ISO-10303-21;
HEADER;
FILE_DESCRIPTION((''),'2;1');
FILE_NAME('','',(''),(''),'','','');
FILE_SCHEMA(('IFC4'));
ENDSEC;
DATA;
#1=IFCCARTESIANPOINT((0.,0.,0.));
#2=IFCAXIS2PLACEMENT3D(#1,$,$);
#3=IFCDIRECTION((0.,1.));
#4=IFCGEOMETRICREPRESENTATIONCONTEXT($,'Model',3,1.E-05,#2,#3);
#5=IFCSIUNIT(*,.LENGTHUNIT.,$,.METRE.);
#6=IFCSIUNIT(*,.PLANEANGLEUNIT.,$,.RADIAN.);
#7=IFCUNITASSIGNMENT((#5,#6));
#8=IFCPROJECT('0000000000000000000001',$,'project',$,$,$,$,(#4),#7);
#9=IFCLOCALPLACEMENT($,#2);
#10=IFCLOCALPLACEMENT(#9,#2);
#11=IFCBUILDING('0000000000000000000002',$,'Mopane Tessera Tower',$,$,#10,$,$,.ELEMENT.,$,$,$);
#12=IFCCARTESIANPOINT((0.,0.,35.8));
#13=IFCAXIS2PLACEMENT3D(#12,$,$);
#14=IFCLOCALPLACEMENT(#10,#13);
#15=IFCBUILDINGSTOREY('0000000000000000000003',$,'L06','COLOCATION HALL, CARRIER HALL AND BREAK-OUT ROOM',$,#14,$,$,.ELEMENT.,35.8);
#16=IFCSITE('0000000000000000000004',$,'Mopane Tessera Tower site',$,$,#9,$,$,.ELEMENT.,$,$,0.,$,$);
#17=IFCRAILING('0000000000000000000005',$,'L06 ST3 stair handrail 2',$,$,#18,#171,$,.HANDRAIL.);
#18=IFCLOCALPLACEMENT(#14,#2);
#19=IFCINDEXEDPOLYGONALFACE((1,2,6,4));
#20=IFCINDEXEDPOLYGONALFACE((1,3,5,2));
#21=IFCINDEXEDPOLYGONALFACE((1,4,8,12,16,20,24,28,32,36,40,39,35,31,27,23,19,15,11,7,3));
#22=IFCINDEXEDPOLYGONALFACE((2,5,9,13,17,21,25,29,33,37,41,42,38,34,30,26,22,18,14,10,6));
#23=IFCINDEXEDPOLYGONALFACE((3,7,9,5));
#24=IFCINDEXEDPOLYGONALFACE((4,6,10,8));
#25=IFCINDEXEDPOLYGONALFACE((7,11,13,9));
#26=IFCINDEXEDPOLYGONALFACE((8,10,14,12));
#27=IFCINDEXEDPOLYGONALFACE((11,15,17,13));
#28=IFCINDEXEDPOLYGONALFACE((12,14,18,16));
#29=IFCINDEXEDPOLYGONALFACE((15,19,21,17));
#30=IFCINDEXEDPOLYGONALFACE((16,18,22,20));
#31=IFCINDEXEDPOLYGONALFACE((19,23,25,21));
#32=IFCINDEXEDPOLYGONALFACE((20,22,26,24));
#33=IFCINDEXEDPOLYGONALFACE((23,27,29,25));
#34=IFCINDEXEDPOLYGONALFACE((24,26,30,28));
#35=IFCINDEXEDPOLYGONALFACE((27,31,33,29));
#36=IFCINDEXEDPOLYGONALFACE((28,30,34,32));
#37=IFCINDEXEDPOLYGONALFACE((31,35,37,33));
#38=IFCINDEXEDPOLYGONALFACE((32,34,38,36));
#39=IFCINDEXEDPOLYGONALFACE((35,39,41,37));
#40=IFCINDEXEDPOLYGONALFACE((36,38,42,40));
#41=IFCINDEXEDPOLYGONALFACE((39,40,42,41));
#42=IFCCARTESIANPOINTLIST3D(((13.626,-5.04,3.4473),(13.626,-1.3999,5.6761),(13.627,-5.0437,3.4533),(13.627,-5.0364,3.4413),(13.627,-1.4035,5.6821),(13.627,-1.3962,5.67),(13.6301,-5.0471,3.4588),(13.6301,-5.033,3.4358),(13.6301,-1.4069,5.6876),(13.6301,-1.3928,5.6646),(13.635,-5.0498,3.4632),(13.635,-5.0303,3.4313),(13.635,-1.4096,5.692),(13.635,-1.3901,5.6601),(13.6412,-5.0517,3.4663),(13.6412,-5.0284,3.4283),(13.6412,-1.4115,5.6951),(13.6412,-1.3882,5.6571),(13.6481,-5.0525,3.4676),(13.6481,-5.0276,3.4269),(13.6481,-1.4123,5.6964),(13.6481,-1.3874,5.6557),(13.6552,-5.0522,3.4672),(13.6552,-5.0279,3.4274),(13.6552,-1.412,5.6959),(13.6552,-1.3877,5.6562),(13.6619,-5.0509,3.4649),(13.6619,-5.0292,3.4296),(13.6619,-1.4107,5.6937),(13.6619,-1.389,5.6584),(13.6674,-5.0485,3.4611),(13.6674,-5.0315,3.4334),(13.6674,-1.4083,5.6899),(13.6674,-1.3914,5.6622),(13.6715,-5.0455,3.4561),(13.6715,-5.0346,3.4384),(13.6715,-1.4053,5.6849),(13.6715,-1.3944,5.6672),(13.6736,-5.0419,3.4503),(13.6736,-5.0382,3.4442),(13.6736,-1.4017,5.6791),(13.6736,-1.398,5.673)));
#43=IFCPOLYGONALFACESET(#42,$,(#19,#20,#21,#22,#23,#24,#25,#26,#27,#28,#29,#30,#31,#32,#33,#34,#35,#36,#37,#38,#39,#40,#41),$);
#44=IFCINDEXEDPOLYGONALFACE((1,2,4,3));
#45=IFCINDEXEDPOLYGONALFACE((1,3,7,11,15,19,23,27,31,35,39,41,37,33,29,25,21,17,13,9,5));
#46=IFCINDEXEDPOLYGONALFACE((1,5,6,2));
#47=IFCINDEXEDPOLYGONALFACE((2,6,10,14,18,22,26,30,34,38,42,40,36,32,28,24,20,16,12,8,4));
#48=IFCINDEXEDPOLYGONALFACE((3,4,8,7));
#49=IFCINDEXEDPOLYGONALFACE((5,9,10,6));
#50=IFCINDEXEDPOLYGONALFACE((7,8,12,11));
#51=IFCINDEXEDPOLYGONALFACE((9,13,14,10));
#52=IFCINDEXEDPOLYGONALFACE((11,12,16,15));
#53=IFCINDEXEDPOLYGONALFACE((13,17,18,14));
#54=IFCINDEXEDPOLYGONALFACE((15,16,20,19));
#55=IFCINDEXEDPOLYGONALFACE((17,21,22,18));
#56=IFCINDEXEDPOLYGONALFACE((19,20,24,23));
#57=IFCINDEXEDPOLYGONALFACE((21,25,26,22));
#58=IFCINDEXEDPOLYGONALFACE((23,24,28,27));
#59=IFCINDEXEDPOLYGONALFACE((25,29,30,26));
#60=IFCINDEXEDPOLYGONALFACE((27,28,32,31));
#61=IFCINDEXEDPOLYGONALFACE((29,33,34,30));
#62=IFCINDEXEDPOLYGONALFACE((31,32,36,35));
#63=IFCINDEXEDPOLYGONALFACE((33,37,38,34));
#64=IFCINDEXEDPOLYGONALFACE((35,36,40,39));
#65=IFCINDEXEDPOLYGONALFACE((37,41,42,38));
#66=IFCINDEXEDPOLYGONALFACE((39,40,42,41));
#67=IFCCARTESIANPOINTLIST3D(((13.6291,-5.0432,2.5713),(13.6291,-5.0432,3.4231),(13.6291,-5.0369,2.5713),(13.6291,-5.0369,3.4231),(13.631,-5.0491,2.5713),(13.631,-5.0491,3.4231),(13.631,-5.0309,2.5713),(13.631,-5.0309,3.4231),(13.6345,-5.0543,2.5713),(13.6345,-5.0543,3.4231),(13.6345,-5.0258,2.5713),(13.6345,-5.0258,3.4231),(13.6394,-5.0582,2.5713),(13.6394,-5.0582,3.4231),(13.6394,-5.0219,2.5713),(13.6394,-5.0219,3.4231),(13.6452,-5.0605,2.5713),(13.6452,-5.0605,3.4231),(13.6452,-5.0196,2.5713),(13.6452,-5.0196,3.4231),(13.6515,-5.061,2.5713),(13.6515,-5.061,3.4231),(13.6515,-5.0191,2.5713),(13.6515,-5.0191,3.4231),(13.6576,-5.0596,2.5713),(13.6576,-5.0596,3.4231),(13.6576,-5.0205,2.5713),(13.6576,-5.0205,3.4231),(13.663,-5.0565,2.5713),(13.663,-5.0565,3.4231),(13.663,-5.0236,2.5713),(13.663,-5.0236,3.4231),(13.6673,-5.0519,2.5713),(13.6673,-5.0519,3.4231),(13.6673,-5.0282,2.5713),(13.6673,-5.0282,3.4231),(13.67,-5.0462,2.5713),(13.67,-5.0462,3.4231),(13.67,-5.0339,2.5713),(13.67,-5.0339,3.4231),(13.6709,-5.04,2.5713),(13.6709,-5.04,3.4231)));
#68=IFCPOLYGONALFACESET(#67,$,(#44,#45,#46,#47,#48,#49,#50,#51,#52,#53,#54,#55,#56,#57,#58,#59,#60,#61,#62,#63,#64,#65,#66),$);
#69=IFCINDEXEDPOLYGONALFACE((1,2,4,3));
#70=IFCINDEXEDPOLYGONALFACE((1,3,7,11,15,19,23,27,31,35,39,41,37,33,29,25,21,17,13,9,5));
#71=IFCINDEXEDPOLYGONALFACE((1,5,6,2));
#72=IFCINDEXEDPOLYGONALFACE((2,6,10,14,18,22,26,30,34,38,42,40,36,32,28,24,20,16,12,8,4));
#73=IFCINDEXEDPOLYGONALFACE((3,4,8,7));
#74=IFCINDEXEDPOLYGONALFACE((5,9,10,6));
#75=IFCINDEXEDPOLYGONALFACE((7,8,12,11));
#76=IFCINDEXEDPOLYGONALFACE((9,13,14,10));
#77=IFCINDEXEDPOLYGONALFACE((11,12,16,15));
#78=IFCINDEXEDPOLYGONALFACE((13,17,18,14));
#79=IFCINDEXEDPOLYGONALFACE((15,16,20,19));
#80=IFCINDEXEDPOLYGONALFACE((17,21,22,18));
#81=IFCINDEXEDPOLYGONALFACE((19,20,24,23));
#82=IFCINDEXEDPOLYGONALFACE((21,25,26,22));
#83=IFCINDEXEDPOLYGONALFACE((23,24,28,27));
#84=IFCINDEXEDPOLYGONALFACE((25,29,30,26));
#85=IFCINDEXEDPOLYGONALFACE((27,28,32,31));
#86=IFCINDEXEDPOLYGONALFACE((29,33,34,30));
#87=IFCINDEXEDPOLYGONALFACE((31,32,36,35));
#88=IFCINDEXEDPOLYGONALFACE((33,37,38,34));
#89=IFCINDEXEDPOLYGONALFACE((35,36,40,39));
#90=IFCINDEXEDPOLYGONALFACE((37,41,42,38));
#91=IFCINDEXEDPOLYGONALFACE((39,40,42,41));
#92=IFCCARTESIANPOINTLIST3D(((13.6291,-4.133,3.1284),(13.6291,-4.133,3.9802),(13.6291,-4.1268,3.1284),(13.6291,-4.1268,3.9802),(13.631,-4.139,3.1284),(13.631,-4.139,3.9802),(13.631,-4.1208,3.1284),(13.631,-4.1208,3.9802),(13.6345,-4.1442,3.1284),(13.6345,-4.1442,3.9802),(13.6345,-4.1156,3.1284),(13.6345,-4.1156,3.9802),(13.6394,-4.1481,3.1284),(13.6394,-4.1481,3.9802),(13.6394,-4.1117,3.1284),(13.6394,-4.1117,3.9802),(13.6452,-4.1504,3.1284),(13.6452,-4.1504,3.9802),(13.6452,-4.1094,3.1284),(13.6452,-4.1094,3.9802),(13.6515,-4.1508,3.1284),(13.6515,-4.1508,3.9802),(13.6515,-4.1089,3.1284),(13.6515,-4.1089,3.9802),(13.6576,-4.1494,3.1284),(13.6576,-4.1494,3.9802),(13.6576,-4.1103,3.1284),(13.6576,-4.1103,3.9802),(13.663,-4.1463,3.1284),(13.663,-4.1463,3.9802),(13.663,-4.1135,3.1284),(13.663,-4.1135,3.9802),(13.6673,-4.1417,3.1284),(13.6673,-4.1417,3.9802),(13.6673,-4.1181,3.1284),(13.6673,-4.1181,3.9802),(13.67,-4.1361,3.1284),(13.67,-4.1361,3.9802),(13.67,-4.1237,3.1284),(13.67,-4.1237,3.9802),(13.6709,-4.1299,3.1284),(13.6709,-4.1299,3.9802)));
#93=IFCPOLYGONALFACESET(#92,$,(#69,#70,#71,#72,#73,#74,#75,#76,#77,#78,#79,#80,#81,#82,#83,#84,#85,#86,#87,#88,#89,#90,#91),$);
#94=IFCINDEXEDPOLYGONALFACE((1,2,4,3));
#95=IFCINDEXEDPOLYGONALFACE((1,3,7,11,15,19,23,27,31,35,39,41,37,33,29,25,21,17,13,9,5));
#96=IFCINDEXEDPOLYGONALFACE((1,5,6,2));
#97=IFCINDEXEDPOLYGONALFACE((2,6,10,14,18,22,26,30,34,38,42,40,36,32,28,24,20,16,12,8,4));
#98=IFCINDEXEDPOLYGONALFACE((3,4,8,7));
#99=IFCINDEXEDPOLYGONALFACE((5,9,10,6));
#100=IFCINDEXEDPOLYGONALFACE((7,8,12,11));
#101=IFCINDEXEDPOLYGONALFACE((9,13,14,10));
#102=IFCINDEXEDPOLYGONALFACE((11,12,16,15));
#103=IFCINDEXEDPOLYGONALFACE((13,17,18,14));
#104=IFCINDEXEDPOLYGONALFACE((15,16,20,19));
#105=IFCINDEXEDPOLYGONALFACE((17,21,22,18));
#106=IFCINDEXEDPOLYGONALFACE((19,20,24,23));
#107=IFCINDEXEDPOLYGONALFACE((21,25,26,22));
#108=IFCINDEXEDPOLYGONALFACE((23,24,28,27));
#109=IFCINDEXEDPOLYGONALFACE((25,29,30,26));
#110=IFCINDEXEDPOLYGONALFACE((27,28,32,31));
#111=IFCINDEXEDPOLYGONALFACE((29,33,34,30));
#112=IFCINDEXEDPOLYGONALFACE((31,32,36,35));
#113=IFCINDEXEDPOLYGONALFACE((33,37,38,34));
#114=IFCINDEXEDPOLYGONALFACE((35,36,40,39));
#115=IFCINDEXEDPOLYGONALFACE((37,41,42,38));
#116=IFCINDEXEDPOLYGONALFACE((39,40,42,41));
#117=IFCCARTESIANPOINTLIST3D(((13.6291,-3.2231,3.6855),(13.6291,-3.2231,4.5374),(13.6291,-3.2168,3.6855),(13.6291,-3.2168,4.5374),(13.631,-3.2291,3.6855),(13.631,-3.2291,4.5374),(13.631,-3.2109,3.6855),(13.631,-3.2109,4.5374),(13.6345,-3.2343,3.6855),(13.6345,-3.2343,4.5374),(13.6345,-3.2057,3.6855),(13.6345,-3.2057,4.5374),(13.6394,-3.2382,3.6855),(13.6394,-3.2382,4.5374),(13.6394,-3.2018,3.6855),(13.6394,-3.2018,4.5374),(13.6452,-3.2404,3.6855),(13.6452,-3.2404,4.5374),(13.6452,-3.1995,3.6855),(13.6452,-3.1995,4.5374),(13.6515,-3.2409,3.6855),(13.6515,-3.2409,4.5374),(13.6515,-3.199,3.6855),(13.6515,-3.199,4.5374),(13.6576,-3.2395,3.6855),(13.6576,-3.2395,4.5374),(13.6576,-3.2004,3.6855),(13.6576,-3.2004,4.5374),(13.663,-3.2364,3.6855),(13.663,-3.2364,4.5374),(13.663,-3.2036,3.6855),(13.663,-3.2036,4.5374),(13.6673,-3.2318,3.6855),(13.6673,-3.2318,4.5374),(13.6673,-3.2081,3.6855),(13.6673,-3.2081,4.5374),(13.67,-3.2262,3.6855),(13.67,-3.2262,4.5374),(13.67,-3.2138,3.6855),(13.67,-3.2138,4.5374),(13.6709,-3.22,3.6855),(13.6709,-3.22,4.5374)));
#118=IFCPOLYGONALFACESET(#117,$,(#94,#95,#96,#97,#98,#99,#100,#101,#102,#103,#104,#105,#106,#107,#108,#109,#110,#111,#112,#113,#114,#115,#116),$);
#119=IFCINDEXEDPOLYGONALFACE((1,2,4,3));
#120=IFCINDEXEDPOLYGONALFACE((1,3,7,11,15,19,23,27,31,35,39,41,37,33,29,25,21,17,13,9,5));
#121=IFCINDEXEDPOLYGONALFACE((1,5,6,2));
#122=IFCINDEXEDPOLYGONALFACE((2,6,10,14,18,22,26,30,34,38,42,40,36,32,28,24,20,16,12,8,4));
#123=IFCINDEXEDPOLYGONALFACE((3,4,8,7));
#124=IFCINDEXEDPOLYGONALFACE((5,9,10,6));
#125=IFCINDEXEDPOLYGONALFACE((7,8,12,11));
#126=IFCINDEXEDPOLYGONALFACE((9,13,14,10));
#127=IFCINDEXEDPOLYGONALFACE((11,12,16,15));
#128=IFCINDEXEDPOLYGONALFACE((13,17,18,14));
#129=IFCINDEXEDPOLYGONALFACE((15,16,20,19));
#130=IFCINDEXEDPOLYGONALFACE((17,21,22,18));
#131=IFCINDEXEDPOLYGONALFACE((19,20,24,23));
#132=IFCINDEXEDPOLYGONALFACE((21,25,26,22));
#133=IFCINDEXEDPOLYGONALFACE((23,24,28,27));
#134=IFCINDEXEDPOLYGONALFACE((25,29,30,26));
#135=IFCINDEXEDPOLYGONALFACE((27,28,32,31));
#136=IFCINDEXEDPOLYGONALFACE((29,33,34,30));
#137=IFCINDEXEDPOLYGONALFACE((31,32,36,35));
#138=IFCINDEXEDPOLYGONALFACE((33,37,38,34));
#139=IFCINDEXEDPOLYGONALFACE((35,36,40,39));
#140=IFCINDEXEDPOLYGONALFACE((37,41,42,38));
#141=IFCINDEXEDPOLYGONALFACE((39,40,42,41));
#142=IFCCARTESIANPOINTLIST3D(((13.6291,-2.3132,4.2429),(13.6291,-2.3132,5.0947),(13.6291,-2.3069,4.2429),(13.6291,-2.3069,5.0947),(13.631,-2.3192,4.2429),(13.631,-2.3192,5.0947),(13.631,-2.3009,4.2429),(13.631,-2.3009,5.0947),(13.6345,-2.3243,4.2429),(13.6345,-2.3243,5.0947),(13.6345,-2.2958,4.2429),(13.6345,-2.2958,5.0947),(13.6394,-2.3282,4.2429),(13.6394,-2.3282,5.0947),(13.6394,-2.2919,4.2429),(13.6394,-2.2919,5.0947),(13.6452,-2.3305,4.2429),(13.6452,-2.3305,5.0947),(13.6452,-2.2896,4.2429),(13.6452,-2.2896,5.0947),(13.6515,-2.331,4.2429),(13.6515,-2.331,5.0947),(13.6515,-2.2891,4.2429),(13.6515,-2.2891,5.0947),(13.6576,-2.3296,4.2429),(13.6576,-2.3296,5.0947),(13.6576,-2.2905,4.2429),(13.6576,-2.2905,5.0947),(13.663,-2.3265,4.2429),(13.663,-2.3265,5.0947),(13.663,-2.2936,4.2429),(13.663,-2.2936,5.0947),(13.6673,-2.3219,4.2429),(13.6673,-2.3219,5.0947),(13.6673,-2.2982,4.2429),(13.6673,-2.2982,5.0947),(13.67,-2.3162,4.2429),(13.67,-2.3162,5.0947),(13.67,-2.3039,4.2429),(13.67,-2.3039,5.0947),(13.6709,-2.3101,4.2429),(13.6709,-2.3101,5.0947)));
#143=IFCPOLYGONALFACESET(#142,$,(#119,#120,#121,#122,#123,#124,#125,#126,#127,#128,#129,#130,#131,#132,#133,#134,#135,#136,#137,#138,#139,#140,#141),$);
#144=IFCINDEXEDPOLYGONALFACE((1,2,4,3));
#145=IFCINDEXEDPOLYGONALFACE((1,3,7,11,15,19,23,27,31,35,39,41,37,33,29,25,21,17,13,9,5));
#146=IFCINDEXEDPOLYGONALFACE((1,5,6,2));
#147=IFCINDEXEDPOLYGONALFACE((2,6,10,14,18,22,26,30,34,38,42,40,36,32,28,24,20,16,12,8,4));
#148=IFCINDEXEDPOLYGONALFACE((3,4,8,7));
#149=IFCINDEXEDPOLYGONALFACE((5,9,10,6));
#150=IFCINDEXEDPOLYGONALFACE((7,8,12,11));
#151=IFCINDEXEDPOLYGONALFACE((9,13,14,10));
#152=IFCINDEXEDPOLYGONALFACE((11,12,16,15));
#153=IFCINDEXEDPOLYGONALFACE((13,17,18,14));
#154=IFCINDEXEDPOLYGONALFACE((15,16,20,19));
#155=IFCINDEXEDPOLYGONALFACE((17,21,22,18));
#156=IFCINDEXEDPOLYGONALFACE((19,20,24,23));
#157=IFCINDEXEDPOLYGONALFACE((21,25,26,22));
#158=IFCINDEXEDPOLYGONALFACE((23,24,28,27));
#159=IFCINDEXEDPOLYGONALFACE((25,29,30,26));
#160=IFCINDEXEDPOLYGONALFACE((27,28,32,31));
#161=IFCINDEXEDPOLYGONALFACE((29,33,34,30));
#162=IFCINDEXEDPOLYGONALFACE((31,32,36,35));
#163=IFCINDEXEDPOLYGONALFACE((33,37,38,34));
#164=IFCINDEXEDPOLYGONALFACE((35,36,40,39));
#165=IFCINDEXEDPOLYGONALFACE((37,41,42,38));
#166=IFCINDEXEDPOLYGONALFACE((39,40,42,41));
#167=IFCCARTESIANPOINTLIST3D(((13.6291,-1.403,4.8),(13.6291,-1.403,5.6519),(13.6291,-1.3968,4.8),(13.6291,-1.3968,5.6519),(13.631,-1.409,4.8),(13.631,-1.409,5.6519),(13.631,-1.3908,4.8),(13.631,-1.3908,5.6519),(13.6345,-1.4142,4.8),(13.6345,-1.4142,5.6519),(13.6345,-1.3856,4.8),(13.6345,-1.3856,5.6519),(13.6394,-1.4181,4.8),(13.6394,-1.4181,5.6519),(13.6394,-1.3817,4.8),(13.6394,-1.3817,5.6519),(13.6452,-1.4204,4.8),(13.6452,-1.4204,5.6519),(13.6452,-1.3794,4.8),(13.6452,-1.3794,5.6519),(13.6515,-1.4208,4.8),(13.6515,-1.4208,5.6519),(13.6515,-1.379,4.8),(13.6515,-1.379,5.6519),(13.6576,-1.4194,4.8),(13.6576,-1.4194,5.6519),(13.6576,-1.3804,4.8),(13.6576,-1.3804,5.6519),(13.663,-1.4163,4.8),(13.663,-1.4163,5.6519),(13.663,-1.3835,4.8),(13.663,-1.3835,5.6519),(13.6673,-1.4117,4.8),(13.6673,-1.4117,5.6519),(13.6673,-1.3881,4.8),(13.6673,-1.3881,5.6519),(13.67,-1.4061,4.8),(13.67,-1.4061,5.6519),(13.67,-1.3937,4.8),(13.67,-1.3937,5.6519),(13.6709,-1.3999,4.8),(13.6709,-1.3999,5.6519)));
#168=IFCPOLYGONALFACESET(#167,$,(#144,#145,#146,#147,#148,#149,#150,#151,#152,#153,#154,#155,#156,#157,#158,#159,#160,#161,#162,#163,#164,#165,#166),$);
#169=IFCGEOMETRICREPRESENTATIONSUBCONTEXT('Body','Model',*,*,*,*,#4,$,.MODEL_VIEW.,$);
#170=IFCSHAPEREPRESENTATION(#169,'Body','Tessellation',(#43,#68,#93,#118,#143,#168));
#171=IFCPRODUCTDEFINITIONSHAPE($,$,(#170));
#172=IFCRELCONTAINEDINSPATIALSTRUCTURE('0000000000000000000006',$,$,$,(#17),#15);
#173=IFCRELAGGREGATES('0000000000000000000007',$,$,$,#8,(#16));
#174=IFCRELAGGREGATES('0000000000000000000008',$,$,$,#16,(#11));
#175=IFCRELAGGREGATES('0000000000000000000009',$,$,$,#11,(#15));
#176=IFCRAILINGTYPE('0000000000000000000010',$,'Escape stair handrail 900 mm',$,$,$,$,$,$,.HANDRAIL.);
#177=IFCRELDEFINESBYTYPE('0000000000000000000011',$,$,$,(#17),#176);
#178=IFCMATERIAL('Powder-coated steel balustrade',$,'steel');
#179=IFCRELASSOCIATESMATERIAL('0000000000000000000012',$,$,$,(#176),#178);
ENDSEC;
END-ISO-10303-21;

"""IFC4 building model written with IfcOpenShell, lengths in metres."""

from ifc_helpers import new_model, si_unit, direction, frame, origin, origin_2d, place, context, subcontext, project, spatial, circle, extrude, material, type_object, element, save


model = new_model("IFC4")

# Units and contexts
model_context = context("Model", 3, precision=1e-05, world=origin(), true_north=direction((0.0, 1.0)))
body_context = subcontext(model_context, "Body", "Model", "MODEL_VIEW")
ifc_project = project(units=[si_unit("LENGTHUNIT", "METRE"), si_unit("PLANEANGLEUNIT", "RADIAN")], contexts=[model_context])

# Site, building, storey
site_placement = place(None, origin())
site = spatial("IfcSite", under=ifc_project, at=site_placement, Name="Mopane Tessera Tower site", CompositionType="ELEMENT", RefElevation=0.0)
building_placement = place(site_placement, origin())
building = spatial("IfcBuilding", under=site, at=building_placement, Name="Mopane Tessera Tower", CompositionType="ELEMENT")
storey_placement = place(building_placement, frame((0.0, 0.0, 35.8)))
storey = spatial("IfcBuildingStorey", under=building, at=storey_placement, Name="L06", Description="COLOCATION HALL, CARRIER HALL AND BREAK-OUT ROOM", CompositionType="ELEMENT", Elevation=35.8)

# Railing
ifc_material_1 = material(Name="Powder-coated steel balustrade", Category="steel")
railing_type_1 = type_object("IfcRailingType", Name="Escape stair handrail 900 mm", PredefinedType="HANDRAIL", material=ifc_material_1)
railing_1_placement = place(storey_placement, frame((13.6499, -5.04, 2.5713)))
element("IfcRailing", 1, at=railing_1_placement, inside=storey, type_object=railing_type_1, Name="L06 ST3 stair handrail 2", PredefinedType="HANDRAIL", context=body_context, shape_type="SweptSolid", body=[
    extrude(circle(Radius=0.0239, at=origin_2d()), frame((0.0, 0.0, 0.876), z_axis=(0.0, 0.85284, 0.522172), x_axis=(-1.0, 0.0, 0.0)), (0.0, 0.0, 1.0), 4.2683),
    extrude(circle(Radius=0.021, at=origin_2d()), origin(), (0.0, 0.0, 1.0), 0.8518),
    extrude(circle(Radius=0.021, at=origin_2d()), frame((0.0, 0.9102, 0.5571)), (0.0, 0.0, 1.0), 0.8518),
    extrude(circle(Radius=0.021, at=origin_2d()), frame((0.0, 1.8201, 1.1143)), (0.0, 0.0, 1.0), 0.8518),
    extrude(circle(Radius=0.021, at=origin_2d()), frame((0.0, 2.73, 1.6716)), (0.0, 0.0, 1.0), 0.8518),
    extrude(circle(Radius=0.021, at=origin_2d()), frame((0.0, 3.6401, 2.2288)), (0.0, 0.0, 1.0), 0.8518),
])

save(model, "model.ifc")
